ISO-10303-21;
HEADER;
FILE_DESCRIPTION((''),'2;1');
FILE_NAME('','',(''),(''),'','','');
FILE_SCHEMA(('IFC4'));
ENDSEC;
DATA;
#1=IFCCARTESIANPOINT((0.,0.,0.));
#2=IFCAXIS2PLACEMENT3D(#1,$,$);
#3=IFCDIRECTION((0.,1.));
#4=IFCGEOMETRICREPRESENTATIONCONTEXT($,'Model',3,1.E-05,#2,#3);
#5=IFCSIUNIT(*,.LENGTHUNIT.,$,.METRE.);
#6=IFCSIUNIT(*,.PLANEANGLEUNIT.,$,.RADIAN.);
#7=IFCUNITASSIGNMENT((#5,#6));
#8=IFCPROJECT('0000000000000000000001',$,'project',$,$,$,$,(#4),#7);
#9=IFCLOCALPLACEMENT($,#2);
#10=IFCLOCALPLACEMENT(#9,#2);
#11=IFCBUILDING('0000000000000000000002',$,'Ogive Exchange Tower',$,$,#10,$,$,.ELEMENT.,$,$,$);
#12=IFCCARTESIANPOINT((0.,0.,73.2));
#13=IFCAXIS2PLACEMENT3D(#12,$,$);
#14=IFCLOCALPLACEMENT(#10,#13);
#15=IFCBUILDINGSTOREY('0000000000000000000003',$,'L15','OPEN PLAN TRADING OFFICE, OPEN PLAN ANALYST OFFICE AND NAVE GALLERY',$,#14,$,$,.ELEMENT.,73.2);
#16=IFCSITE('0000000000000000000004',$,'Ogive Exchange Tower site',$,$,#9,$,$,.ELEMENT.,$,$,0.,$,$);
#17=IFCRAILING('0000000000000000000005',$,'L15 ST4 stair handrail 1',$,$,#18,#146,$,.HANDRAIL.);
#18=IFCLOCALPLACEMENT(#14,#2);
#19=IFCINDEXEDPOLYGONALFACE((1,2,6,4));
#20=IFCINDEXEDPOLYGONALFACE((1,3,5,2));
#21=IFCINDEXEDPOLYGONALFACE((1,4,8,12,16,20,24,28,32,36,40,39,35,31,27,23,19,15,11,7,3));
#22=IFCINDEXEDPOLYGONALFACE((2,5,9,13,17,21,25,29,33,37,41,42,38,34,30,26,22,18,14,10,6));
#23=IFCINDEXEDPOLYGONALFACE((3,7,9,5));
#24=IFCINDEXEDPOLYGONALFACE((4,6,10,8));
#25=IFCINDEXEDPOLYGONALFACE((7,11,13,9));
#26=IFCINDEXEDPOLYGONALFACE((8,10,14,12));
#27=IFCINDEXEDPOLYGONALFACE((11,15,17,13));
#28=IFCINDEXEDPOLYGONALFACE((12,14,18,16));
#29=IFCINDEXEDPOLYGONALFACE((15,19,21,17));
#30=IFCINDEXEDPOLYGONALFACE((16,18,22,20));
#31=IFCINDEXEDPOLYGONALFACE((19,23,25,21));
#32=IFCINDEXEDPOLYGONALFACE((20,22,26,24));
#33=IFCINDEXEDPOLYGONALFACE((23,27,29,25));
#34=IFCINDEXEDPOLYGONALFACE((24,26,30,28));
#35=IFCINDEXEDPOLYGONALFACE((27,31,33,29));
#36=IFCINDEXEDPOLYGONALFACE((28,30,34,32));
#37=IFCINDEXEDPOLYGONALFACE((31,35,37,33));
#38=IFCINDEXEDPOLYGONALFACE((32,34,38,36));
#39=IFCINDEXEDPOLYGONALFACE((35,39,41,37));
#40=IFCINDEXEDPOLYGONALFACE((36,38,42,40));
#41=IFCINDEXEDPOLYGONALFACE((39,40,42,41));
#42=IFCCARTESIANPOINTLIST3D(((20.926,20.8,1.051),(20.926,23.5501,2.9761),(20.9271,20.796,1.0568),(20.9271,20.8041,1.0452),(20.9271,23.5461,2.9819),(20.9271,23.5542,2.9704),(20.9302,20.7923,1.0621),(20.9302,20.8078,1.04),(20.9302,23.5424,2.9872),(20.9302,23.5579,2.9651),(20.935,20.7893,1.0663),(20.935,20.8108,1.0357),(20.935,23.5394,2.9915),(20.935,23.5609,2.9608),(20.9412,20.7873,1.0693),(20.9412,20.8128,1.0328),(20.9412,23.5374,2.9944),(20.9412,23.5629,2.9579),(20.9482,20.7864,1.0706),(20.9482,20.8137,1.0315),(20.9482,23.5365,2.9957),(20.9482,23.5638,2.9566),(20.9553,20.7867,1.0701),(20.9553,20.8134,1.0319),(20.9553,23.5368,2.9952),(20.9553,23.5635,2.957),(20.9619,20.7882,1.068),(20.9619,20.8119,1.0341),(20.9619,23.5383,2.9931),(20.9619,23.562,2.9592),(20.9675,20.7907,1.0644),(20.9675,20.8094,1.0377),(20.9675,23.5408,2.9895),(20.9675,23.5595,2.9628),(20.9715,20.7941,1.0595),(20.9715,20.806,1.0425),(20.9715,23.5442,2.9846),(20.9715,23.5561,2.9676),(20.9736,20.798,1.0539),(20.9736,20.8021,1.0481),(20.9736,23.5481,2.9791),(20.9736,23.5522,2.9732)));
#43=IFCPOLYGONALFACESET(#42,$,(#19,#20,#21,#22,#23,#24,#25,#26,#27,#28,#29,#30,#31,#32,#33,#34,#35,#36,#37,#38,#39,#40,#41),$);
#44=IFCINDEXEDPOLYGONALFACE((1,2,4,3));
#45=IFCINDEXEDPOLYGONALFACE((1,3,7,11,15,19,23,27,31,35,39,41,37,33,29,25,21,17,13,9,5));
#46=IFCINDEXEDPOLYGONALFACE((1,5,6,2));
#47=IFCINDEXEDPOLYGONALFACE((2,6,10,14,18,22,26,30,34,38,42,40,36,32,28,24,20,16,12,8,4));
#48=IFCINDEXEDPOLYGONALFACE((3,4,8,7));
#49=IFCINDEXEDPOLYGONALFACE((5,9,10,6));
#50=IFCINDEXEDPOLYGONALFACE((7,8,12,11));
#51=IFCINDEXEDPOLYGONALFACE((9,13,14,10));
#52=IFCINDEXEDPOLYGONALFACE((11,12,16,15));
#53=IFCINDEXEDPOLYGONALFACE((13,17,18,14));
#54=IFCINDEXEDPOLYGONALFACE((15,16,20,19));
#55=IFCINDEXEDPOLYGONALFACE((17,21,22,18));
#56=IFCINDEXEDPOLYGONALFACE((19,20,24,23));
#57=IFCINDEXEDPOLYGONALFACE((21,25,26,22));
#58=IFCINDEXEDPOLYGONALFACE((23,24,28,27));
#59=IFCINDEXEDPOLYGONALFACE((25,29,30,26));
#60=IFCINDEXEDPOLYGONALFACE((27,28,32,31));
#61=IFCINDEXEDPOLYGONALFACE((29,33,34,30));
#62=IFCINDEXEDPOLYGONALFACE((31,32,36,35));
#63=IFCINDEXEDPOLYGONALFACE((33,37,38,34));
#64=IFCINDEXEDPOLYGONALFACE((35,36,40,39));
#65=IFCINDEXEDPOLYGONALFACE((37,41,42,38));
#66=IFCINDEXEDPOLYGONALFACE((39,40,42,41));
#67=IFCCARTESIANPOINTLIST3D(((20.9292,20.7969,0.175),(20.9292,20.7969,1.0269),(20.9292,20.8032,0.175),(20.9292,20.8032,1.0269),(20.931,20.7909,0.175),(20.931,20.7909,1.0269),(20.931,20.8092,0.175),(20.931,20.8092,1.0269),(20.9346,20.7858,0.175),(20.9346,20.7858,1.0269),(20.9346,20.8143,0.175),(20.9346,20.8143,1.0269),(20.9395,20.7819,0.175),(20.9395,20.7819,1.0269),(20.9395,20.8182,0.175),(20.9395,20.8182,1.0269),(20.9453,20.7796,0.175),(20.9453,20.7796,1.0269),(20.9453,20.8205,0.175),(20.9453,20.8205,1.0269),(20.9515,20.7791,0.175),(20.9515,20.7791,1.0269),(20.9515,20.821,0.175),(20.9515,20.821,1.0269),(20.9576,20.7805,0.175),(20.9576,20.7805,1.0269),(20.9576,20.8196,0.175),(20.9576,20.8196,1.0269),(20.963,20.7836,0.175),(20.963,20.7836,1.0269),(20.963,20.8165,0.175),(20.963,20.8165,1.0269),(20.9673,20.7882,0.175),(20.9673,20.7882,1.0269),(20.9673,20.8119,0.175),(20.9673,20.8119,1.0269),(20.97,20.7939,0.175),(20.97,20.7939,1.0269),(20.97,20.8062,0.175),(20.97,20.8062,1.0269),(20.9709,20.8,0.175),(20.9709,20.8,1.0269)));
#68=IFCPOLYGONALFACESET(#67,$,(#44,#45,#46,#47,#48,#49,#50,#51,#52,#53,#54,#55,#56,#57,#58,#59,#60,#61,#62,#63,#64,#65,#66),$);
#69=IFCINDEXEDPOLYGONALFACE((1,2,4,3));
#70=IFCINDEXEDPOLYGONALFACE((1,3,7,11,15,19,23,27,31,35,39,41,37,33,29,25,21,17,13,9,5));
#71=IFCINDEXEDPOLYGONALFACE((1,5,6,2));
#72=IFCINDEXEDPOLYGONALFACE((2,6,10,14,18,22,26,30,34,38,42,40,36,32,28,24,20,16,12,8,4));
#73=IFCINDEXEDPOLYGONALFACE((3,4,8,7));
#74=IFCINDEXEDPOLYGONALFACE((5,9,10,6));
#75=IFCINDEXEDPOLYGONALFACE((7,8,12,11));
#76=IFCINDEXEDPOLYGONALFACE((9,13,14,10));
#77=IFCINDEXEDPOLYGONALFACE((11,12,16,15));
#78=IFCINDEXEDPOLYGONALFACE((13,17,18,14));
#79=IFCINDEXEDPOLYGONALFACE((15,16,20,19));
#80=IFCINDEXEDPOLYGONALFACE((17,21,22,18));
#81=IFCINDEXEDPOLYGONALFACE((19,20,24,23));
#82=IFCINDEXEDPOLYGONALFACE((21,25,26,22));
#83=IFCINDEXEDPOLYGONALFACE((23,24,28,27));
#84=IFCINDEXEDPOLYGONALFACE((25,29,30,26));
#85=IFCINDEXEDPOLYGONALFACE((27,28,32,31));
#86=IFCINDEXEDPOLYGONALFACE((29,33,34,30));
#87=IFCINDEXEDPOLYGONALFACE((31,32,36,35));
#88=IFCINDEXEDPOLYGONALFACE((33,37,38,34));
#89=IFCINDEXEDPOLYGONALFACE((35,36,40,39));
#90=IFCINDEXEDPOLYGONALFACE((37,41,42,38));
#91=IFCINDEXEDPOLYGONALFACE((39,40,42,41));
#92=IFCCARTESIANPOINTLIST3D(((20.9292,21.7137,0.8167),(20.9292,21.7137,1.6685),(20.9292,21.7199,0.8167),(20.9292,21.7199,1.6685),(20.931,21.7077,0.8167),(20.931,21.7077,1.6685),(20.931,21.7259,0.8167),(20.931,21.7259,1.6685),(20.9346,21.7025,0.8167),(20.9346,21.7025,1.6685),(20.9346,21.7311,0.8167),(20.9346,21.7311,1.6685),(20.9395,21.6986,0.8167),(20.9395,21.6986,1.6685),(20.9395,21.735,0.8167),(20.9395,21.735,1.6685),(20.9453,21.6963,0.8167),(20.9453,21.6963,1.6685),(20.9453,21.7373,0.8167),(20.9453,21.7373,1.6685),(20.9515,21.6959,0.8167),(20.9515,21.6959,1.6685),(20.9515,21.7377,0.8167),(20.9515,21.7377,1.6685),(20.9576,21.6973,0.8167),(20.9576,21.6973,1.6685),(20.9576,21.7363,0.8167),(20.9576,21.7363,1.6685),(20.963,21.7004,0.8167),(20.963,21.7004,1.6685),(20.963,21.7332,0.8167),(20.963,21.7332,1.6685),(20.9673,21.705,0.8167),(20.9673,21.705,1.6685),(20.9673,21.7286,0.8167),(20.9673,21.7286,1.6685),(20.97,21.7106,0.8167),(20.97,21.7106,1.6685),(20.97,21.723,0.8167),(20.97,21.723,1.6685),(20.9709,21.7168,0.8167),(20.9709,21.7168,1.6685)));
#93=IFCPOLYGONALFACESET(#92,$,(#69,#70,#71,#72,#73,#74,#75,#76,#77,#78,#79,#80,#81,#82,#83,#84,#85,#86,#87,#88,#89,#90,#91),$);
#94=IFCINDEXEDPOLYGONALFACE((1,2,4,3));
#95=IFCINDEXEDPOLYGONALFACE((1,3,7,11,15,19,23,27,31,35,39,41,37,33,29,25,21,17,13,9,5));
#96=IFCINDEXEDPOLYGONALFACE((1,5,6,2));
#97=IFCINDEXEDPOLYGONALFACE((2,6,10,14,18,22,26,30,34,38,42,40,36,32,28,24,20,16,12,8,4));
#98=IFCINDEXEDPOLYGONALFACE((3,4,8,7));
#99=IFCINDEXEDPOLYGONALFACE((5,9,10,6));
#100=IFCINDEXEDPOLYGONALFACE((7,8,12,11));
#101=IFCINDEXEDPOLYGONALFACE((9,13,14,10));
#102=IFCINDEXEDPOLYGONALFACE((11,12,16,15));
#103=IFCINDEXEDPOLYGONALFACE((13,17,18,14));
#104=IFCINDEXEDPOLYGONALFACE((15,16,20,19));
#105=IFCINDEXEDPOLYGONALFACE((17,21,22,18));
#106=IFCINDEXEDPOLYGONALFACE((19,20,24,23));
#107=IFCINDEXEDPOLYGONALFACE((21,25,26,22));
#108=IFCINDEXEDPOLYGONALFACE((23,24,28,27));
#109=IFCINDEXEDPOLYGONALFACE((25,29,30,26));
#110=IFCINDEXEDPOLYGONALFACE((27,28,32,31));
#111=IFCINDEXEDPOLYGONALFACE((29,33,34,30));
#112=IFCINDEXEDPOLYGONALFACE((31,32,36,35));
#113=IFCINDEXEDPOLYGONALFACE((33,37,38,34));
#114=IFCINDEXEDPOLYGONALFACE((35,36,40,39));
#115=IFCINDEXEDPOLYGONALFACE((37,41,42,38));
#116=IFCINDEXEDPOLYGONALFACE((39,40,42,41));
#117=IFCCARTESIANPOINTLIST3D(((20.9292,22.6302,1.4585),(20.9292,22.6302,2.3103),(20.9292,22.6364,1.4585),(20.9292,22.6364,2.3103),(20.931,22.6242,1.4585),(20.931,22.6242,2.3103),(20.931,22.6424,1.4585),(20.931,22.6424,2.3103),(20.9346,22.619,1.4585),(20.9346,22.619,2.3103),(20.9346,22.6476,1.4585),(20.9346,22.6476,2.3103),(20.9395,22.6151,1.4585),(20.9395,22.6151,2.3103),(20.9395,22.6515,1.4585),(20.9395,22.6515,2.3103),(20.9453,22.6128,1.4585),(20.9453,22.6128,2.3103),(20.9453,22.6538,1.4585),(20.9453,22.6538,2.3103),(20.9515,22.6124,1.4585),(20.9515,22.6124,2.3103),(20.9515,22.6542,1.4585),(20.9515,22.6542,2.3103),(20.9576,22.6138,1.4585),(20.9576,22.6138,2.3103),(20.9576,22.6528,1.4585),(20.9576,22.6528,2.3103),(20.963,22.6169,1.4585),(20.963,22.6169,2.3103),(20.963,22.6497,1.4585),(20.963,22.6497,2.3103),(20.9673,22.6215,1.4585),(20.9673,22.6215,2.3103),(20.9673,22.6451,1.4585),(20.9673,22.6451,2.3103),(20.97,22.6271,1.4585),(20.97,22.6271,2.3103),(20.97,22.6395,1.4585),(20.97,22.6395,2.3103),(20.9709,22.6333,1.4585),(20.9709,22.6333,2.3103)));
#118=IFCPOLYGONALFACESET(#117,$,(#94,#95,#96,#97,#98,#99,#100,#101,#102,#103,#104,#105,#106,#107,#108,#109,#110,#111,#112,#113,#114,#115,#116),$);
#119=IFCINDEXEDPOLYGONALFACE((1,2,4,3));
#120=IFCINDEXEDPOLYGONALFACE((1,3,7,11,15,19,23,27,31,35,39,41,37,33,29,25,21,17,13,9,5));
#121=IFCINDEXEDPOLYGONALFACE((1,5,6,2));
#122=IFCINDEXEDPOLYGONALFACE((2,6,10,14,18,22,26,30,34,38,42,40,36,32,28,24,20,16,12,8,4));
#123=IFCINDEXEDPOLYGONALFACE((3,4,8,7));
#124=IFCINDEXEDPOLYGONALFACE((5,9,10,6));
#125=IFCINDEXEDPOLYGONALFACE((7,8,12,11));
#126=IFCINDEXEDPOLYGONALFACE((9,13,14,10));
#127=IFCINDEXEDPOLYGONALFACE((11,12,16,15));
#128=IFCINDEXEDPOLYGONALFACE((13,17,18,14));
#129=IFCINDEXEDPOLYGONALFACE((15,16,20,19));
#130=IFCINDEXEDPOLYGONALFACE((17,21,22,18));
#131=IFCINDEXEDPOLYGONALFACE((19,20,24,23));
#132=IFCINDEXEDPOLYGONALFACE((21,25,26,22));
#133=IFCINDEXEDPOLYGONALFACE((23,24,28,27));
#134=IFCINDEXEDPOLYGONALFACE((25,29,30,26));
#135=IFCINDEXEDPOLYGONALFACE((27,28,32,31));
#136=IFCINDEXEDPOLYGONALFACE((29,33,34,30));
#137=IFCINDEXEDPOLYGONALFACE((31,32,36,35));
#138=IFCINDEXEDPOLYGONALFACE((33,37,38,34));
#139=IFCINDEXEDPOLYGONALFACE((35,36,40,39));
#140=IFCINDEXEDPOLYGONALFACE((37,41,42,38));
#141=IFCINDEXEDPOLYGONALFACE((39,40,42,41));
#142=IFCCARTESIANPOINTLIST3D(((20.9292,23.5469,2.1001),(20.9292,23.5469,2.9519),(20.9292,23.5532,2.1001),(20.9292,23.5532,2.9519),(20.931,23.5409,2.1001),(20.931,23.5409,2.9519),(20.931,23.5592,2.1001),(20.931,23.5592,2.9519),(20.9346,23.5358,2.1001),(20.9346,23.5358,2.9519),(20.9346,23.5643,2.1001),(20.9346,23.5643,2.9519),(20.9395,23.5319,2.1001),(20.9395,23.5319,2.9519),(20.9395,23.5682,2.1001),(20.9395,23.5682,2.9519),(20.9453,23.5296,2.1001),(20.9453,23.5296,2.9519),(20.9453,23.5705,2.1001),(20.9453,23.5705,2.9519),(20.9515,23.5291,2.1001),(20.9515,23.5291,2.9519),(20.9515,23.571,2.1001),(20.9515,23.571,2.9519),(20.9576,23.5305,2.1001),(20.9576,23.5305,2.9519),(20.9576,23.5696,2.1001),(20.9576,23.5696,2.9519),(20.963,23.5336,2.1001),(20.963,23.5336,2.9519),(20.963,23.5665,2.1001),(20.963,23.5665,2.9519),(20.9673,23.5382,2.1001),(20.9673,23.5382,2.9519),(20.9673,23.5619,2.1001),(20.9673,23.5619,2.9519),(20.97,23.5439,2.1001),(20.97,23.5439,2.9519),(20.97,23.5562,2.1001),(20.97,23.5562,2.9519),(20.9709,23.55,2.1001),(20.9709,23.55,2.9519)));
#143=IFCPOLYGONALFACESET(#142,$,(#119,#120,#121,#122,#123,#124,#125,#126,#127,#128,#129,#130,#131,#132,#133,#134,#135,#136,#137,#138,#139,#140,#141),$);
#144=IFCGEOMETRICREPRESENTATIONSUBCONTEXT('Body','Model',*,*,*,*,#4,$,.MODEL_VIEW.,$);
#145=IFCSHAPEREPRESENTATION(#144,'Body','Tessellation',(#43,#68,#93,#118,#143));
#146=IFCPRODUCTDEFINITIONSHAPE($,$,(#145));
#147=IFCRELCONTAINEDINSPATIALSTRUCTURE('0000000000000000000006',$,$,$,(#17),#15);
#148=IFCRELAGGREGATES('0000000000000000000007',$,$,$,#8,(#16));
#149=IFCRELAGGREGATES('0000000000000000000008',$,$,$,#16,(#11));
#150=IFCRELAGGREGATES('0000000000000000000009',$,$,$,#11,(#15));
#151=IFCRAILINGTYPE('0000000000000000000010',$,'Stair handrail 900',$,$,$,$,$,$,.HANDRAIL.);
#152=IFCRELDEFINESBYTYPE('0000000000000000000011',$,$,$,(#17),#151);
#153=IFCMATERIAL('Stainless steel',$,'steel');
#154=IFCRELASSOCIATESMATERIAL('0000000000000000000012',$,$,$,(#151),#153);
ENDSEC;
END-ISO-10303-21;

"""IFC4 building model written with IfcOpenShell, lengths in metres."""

from ifc_helpers import new_model, si_unit, direction, frame, origin, origin_2d, place, context, subcontext, project, spatial, circle, extrude, material, type_object, element, save


model = new_model("IFC4")

# Units and contexts
model_context = context("Model", 3, precision=1e-05, world=origin(), true_north=direction((0.0, 1.0)))
body_context = subcontext(model_context, "Body", "Model", "MODEL_VIEW")
ifc_project = project(units=[si_unit("LENGTHUNIT", "METRE"), si_unit("PLANEANGLEUNIT", "RADIAN")], contexts=[model_context])

# Site, building, storey
site_placement = place(None, origin())
site = spatial("IfcSite", under=ifc_project, at=site_placement, Name="Ogive Exchange Tower site", CompositionType="ELEMENT", RefElevation=0.0)
building_placement = place(site_placement, origin())
building = spatial("IfcBuilding", under=site, at=building_placement, Name="Ogive Exchange Tower", CompositionType="ELEMENT")
storey_placement = place(building_placement, frame((0.0, 0.0, 73.2)))
storey = spatial("IfcBuildingStorey", under=building, at=storey_placement, Name="L15", Description="OPEN PLAN TRADING OFFICE, OPEN PLAN ANALYST OFFICE AND NAVE GALLERY", CompositionType="ELEMENT", Elevation=73.2)

# Railing
ifc_material_1 = material(Name="Stainless steel", Category="steel")
railing_type = type_object("IfcRailingType", Name="Stair handrail 900", PredefinedType="HANDRAIL", material=ifc_material_1)
railing_1_placement = place(storey_placement, frame((20.95, 20.8, 0.175)))
element("IfcRailing", 1, at=railing_1_placement, inside=storey, type_object=railing_type, Name="L15 ST4 stair handrail 1", PredefinedType="HANDRAIL", context=body_context, shape_type="SweptSolid", body=[
    extrude(circle(Radius=0.0239, at=origin_2d()), frame((0.0, 0.0, 0.876), z_axis=(0.0, 0.819225, 0.573472), x_axis=(-1.0, 0.0, 0.0)), (0.0, 0.0, 1.0), 3.3569),
    extrude(circle(Radius=0.021, at=origin_2d()), origin(), (0.0, 0.0, 1.0), 0.8518),
    extrude(circle(Radius=0.021, at=origin_2d()), frame((0.0, 0.9167, 0.6416)), (0.0, 0.0, 1.0), 0.8518),
    extrude(circle(Radius=0.021, at=origin_2d()), frame((0.0, 1.8333, 1.2834)), (0.0, 0.0, 1.0), 0.8518),
    extrude(circle(Radius=0.021, at=origin_2d()), frame((0.0, 2.75, 1.925)), (0.0, 0.0, 1.0), 0.8518),
])

save(model, "model.ifc")
